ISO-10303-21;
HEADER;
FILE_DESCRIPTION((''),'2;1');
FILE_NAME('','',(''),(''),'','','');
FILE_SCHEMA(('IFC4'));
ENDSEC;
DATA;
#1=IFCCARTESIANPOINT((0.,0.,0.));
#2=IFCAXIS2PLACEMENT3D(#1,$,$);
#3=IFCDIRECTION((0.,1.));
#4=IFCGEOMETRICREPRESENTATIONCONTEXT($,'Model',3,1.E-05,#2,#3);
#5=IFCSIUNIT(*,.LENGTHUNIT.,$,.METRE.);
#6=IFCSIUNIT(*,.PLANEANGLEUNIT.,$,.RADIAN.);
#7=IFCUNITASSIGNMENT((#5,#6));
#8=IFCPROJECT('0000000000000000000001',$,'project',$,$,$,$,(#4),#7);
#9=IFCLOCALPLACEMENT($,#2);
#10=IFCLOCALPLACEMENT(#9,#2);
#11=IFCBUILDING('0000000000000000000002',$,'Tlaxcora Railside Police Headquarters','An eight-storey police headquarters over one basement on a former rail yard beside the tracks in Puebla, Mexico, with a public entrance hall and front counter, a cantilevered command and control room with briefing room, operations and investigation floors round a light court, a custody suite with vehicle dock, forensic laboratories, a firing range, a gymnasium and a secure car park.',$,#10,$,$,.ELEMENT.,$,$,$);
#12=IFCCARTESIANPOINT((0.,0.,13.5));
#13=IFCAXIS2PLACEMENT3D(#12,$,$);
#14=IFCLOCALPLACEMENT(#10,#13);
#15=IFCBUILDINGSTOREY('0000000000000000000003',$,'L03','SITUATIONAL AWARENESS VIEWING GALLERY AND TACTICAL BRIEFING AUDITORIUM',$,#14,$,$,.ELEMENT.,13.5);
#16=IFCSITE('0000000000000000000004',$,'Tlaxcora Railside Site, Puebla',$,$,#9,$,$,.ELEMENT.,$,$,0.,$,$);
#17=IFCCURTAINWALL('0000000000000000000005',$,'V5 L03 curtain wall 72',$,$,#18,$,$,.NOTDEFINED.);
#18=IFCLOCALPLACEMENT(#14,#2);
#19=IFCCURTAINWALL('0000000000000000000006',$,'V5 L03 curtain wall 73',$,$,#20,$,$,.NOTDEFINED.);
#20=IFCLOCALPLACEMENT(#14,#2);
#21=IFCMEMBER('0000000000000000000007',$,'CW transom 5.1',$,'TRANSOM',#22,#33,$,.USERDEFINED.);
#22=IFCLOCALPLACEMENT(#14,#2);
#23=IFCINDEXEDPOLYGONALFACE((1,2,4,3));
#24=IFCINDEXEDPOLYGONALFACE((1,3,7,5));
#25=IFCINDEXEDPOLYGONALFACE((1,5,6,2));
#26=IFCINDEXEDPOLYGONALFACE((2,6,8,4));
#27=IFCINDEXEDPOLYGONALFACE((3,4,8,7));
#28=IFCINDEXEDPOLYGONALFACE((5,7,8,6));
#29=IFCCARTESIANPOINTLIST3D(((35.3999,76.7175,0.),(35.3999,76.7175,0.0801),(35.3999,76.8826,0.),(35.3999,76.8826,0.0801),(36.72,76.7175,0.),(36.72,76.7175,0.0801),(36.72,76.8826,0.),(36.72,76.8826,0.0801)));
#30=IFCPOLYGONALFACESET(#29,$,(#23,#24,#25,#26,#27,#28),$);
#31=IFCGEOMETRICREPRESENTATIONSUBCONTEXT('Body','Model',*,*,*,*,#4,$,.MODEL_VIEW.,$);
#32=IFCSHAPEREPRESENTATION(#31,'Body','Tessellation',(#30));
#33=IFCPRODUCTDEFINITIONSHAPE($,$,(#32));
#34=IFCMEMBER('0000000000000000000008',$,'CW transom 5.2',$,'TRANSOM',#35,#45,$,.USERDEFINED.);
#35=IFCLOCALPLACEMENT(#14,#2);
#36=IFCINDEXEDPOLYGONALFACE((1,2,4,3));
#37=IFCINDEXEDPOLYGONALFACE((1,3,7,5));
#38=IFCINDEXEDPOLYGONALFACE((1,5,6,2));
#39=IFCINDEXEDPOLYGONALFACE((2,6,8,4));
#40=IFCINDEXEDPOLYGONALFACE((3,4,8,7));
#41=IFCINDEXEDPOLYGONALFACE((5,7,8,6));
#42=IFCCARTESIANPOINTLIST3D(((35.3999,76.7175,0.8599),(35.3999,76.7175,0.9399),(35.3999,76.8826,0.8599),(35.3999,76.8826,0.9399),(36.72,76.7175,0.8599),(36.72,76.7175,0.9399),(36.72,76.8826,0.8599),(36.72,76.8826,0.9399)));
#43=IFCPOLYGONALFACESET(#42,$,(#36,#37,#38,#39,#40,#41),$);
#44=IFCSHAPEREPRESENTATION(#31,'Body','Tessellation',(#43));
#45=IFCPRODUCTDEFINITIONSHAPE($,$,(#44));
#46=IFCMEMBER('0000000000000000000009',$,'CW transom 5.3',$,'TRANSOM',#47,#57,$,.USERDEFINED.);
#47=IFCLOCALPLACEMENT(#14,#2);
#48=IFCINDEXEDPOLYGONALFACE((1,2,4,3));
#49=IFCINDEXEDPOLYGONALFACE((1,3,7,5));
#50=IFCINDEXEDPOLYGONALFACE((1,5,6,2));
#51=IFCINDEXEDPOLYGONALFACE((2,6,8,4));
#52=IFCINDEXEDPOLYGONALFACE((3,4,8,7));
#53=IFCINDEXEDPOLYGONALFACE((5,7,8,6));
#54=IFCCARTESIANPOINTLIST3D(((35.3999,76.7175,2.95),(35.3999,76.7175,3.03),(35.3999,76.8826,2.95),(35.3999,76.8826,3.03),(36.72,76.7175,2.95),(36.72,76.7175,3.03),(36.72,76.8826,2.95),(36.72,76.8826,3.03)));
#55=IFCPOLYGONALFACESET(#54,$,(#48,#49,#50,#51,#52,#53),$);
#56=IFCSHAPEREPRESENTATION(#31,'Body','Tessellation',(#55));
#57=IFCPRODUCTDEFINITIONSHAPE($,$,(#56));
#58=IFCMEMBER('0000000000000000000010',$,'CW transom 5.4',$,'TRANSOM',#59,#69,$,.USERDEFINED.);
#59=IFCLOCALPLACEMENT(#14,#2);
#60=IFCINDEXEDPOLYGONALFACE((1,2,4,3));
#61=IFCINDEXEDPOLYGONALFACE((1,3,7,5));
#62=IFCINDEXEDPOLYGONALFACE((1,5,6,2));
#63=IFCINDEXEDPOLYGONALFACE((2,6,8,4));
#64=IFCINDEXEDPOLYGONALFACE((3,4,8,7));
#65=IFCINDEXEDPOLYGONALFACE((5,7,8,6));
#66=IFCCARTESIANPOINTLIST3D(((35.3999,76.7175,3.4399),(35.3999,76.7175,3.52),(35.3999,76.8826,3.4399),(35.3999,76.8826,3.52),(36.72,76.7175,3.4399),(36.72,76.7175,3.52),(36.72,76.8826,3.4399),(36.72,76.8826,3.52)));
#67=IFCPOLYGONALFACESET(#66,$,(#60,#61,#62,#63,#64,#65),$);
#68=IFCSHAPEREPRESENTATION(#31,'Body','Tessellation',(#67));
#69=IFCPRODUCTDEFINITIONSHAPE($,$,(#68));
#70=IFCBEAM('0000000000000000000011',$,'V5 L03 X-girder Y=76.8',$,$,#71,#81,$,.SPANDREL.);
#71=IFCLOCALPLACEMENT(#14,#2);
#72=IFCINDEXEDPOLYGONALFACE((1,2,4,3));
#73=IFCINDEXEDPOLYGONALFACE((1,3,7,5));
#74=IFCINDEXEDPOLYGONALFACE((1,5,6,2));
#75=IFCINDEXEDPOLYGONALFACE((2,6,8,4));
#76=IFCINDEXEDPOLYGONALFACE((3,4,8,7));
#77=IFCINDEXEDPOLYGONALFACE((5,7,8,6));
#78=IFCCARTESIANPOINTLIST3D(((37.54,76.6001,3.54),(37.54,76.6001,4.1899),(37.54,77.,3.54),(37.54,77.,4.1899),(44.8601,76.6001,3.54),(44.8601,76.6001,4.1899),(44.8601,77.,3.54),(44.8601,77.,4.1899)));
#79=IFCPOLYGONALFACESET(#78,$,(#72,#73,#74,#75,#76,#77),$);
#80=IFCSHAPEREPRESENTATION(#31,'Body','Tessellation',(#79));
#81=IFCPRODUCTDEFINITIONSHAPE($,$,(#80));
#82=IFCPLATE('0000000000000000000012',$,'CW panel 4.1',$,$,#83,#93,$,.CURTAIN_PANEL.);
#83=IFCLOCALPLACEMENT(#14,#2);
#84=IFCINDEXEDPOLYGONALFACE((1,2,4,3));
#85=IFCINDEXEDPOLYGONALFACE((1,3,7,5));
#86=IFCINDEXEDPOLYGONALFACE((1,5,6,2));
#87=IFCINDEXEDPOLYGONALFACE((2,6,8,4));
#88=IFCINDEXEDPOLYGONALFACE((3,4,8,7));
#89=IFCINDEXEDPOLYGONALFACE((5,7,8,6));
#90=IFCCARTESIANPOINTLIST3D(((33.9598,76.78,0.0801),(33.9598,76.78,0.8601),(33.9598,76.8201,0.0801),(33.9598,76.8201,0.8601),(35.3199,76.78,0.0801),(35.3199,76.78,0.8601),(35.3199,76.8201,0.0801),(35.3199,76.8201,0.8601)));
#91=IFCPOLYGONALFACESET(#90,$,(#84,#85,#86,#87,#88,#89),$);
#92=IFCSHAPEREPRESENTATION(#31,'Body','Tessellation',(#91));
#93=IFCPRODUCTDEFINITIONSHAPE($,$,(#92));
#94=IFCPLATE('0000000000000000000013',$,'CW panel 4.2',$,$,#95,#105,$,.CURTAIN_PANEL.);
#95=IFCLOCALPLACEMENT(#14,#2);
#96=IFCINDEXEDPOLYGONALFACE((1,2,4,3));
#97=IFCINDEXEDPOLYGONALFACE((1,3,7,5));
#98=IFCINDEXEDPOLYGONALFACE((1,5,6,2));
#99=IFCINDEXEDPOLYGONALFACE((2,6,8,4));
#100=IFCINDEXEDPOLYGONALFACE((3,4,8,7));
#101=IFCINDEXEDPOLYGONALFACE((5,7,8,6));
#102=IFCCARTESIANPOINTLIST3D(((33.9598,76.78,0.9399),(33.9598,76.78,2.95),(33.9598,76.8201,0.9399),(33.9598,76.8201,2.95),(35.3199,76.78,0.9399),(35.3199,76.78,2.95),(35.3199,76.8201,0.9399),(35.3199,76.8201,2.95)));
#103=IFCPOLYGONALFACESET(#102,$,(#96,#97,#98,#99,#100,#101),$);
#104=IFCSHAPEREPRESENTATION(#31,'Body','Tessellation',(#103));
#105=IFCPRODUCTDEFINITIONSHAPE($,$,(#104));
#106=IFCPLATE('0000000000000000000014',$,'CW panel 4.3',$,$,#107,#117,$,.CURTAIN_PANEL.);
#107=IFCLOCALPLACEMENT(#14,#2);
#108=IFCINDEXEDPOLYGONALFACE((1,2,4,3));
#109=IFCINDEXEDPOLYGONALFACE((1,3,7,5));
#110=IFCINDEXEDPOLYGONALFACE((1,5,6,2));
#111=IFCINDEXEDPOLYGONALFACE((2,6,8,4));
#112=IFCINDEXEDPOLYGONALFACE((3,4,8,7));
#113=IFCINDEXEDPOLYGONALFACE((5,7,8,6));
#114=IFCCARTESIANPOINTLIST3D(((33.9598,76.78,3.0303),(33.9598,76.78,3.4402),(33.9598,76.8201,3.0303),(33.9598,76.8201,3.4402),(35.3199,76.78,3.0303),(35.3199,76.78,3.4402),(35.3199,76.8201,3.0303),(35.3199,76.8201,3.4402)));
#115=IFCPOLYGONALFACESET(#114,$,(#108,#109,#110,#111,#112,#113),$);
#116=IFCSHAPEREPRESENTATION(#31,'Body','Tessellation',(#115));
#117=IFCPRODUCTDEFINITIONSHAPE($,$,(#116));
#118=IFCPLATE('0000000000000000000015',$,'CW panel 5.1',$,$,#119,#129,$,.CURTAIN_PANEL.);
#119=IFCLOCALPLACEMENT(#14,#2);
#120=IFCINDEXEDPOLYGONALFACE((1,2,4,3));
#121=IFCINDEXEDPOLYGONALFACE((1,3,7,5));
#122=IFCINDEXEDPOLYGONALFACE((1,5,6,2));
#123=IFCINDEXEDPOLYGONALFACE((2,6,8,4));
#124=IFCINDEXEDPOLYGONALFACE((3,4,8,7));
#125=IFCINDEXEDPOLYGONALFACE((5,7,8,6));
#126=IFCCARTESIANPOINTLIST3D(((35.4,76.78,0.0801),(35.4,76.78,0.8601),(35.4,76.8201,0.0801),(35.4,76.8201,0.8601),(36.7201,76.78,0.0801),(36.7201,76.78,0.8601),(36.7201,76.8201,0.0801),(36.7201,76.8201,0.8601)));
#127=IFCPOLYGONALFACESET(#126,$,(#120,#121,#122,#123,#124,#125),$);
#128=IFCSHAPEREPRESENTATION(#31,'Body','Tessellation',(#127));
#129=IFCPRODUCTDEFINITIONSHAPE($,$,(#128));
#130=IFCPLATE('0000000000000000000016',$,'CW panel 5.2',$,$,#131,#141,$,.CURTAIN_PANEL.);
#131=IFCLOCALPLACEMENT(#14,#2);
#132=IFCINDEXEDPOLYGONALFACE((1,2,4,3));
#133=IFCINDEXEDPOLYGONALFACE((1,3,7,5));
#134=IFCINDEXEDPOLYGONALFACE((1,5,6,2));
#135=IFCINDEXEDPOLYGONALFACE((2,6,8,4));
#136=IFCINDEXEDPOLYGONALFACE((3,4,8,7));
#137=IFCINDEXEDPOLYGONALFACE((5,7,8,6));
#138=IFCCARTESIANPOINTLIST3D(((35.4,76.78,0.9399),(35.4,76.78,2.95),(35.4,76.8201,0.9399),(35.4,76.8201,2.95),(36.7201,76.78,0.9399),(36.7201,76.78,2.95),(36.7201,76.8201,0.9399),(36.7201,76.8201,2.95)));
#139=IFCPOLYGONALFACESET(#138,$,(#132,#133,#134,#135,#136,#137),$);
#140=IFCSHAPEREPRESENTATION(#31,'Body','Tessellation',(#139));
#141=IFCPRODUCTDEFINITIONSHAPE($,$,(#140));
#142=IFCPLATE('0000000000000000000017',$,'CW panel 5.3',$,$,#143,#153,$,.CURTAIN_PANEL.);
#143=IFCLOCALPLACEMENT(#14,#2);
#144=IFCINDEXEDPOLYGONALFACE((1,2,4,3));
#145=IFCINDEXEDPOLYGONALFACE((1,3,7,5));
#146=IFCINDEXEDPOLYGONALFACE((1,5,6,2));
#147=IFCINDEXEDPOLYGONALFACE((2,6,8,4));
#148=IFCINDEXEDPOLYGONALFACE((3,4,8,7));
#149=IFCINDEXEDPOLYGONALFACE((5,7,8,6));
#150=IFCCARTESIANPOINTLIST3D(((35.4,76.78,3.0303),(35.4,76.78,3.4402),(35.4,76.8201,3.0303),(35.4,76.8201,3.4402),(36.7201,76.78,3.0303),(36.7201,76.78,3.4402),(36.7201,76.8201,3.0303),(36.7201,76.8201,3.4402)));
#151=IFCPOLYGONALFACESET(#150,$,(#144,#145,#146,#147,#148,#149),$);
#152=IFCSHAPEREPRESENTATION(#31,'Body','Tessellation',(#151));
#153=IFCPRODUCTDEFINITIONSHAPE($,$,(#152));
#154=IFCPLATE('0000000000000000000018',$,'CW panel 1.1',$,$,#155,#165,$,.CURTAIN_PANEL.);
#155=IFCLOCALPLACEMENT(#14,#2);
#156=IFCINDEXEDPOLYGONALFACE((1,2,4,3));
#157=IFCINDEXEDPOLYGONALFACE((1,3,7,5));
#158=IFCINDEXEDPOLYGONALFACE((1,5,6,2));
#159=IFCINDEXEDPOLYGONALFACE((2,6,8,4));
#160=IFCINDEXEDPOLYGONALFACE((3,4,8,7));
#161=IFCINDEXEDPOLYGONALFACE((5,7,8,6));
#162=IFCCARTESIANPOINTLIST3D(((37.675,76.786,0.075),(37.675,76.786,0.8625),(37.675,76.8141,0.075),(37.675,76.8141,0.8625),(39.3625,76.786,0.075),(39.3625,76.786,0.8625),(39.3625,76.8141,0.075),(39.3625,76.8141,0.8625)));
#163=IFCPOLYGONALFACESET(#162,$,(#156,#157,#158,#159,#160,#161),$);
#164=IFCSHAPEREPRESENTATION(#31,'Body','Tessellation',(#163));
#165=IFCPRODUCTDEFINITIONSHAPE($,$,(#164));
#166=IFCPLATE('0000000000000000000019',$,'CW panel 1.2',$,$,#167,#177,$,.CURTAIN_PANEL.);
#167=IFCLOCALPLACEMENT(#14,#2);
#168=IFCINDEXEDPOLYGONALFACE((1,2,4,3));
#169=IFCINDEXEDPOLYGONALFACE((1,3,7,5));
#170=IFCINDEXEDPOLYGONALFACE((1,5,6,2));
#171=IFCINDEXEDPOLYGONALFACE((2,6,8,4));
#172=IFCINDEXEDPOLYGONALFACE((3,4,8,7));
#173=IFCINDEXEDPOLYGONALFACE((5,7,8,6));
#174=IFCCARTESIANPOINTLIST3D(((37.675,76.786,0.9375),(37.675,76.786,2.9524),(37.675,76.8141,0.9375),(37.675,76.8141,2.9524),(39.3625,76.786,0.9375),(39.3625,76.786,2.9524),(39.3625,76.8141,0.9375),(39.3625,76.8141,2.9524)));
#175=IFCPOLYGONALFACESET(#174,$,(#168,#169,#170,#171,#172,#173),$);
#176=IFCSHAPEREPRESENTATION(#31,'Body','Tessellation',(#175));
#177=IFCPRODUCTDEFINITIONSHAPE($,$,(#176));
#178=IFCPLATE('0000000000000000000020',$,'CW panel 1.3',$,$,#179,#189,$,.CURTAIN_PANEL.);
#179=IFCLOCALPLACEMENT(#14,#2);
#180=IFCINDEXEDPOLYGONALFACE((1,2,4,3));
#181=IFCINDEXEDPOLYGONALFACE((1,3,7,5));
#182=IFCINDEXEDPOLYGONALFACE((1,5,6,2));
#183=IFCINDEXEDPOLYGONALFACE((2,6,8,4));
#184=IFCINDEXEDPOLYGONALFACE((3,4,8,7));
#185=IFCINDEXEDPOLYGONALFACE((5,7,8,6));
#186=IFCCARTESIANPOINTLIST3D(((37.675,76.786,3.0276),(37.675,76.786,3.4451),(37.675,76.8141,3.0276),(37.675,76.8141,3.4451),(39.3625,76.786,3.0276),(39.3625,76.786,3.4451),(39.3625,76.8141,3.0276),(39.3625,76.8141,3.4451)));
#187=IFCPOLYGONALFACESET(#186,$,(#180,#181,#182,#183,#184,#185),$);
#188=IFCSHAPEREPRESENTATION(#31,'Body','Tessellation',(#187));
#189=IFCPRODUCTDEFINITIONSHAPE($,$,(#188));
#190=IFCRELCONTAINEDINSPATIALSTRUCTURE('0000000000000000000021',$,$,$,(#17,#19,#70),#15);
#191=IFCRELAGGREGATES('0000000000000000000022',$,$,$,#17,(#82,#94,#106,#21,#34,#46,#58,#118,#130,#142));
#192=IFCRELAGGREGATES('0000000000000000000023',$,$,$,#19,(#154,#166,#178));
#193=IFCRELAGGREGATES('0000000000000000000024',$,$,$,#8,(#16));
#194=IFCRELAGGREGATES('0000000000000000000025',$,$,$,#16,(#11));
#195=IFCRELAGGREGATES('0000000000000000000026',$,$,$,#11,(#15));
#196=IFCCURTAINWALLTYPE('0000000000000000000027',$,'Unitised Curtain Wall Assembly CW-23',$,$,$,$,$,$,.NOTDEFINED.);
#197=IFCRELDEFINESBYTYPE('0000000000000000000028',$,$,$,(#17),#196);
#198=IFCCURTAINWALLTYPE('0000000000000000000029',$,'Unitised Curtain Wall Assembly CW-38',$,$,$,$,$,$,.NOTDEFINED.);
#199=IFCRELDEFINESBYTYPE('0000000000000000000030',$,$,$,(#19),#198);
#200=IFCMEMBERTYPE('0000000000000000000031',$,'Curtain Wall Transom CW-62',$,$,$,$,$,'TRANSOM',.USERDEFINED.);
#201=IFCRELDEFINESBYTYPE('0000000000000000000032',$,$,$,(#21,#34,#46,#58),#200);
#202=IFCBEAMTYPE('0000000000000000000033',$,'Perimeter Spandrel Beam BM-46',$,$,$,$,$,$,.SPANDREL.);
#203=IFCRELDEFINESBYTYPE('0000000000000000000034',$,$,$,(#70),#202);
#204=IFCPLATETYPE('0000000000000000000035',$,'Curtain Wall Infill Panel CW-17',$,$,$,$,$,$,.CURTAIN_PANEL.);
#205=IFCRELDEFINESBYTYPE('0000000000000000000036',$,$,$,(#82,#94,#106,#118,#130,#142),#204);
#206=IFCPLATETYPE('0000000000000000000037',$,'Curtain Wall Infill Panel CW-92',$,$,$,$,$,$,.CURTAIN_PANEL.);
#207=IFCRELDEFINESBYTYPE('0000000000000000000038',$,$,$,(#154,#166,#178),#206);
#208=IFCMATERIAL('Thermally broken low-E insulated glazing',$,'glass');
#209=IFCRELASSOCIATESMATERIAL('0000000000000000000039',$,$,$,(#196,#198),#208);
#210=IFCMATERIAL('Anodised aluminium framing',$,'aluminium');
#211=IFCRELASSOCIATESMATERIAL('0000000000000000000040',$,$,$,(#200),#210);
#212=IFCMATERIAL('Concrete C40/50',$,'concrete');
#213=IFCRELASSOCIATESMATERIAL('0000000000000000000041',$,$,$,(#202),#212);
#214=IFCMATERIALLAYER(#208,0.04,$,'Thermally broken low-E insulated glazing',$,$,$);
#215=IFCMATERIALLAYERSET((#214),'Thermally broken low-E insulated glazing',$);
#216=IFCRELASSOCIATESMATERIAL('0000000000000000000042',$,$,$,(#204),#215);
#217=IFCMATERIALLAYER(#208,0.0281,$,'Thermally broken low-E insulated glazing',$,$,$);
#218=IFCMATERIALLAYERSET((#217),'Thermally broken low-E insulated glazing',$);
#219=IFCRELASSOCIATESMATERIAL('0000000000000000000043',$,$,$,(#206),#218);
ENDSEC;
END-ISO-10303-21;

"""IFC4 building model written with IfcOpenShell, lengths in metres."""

from ifc_helpers import new_model, si_unit, direction, frame, origin, origin_2d, place, context, subcontext, project, spatial, rectangle, extrude, material, layer, layer_set, material_profile, profile_set, type_object, element, aggregate, save


model = new_model("IFC4")

# Units and contexts
model_context = context("Model", 3, precision=1e-05, world=origin(), true_north=direction((0.0, 1.0)))
body_context = subcontext(model_context, "Body", "Model", "MODEL_VIEW")
ifc_project = project(units=[si_unit("LENGTHUNIT", "METRE"), si_unit("PLANEANGLEUNIT", "RADIAN")], contexts=[model_context])

# Site, building, storey
site_placement = place(None, origin())
site = spatial("IfcSite", under=ifc_project, at=site_placement, Name="Tlaxcora Railside Site, Puebla", CompositionType="ELEMENT", RefElevation=0.0)
building_placement = place(site_placement, origin())
building = spatial("IfcBuilding", under=site, at=building_placement, Name="Tlaxcora Railside Police Headquarters", Description="An eight-storey police headquarters over one basement on a former rail yard beside the tracks in Puebla, Mexico, with a public entrance hall and front counter, a cantilevered command and control room with briefing room, operations and investigation floors round a light court, a custody suite with vehicle dock, forensic laboratories, a firing range, a gymnasium and a secure car park.", CompositionType="ELEMENT")
storey_placement = place(building_placement, frame((0.0, 0.0, 13.5)))
storey = spatial("IfcBuildingStorey", under=building, at=storey_placement, Name="L03", Description="SITUATIONAL AWARENESS VIEWING GALLERY AND TACTICAL BRIEFING AUDITORIUM", CompositionType="ELEMENT", Elevation=13.5)

# Shared definitions
ifc_material_1 = material(Name="Concrete C40/50", Category="concrete")

# Curtain walls
ifc_material_2 = material(Name="Thermally broken low-E insulated glazing", Category="glass")
curtain_wall_type_1 = type_object("IfcCurtainWallType", Name="Unitised Curtain Wall Assembly CW-23", PredefinedType="NOTDEFINED", material=ifc_material_2)
curtain_wall_1_placement = place(storey_placement, origin())
curtain_wall_1 = element("IfcCurtainWall", 1, at=curtain_wall_1_placement, inside=storey, type_object=curtain_wall_type_1, Name="V5 L03 curtain wall 72", PredefinedType="NOTDEFINED")
ifc_material_3 = material(Name="Anodised aluminium framing", Category="aluminium")
curtain_wall_type_2 = type_object("IfcCurtainWallType", Name="Unitised Curtain Wall Assembly CW-38", PredefinedType="NOTDEFINED", material=ifc_material_2)
curtain_wall_2_placement = place(storey_placement, origin())
curtain_wall_2 = element("IfcCurtainWall", 2, at=curtain_wall_2_placement, inside=storey, type_object=curtain_wall_type_2, Name="V5 L03 curtain wall 73", PredefinedType="NOTDEFINED")

# Members
ifc_material_profile_1 = material_profile(ifc_material_3, rectangle(XDim=0.165, YDim=0.0801, at=origin_2d()), Name="AL80X165")
ifc_profile_set_1 = profile_set([ifc_material_profile_1], Name="Anodised aluminium framing")
member_type_1 = type_object("IfcMemberType", Name="Curtain Wall Transom CW-62", ElementType="TRANSOM", PredefinedType="USERDEFINED", material=ifc_profile_set_1)
member_1_placement = place(storey_placement, frame((35.3999, 76.8, 0.04), z_axis=(1.0, 0.0, 0.0), x_axis=(0.0, 1.0, 0.0)))
member_1 = element("IfcMember", 3, at=member_1_placement, type_object=member_type_1, Name="CW transom 5.1", ObjectType="TRANSOM", PredefinedType="USERDEFINED", context=body_context, shape_type="SweptSolid", body=[
    extrude(rectangle(XDim=0.165, YDim=0.0801, at=origin_2d()), origin(), (0.0, 0.0, 1.0), 1.3201),
])
member_2_placement = place(storey_placement, frame((35.3999, 76.8, 0.8999), z_axis=(1.0, 0.0, 0.0), x_axis=(0.0, 1.0, 0.0)))
member_2 = element("IfcMember", 4, at=member_2_placement, type_object=member_type_1, Name="CW transom 5.2", ObjectType="TRANSOM", PredefinedType="USERDEFINED", context=body_context, shape_type="SweptSolid", body=[
    extrude(rectangle(XDim=0.165, YDim=0.0801, at=origin_2d()), origin(), (0.0, 0.0, 1.0), 1.3201),
])
member_3_placement = place(storey_placement, frame((35.3999, 76.8, 2.99), z_axis=(1.0, 0.0, 0.0), x_axis=(0.0, 1.0, 0.0)))
member_3 = element("IfcMember", 5, at=member_3_placement, type_object=member_type_1, Name="CW transom 5.3", ObjectType="TRANSOM", PredefinedType="USERDEFINED", context=body_context, shape_type="SweptSolid", body=[
    extrude(rectangle(XDim=0.165, YDim=0.0801, at=origin_2d()), origin(), (0.0, 0.0, 1.0), 1.3201),
])
member_4_placement = place(storey_placement, frame((35.3999, 76.8, 3.48), z_axis=(1.0, 0.0, 0.0), x_axis=(0.0, 1.0, 0.0)))
member_4 = element("IfcMember", 6, at=member_4_placement, type_object=member_type_1, Name="CW transom 5.4", ObjectType="TRANSOM", PredefinedType="USERDEFINED", context=body_context, shape_type="SweptSolid", body=[
    extrude(rectangle(XDim=0.165, YDim=0.0801, at=origin_2d()), origin(), (0.0, 0.0, 1.0), 1.3201),
])

# Beam
ifc_material_profile_2 = material_profile(ifc_material_1, rectangle(XDim=0.3999, YDim=0.6499, at=origin_2d()), Name="RC400X650")
ifc_profile_set_2 = profile_set([ifc_material_profile_2], Name="Concrete C40/50")
beam_type = type_object("IfcBeamType", Name="Perimeter Spandrel Beam BM-46", PredefinedType="SPANDREL", material=ifc_profile_set_2)
beam_placement = place(storey_placement, frame((37.54, 76.8, 3.865), z_axis=(1.0, 0.0, 0.0), x_axis=(0.0, 1.0, 0.0)))
element("IfcBeam", 7, at=beam_placement, inside=storey, type_object=beam_type, Name="V5 L03 X-girder Y=76.8", PredefinedType="SPANDREL", context=body_context, shape_type="SweptSolid", body=[
    extrude(rectangle(XDim=0.3999, YDim=0.6499, at=origin_2d()), origin(), (0.0, 0.0, 1.0), 7.3201),
])

# Plates
ifc_layer_1 = layer(ifc_material_2, 0.04, Name="Thermally broken low-E insulated glazing")
ifc_layer_set_1 = layer_set([ifc_layer_1], Name="Thermally broken low-E insulated glazing")
plate_type_1 = type_object("IfcPlateType", Name="Curtain Wall Infill Panel CW-17", PredefinedType="CURTAIN_PANEL", material=ifc_layer_set_1)
plate_1_placement = place(storey_placement, frame((34.6399, 76.8, 0.0801), z_axis=(0.0, 0.0, 1.0), x_axis=(1.0, 0.0, 0.0)))
plate_1 = element("IfcPlate", 8, at=plate_1_placement, type_object=plate_type_1, Name="CW panel 4.1", PredefinedType="CURTAIN_PANEL", context=body_context, shape_type="SweptSolid", body=[
    extrude(rectangle(XDim=1.3601, YDim=0.04, at=origin_2d()), origin(), (0.0, 0.0, 1.0), 0.78),
])
plate_2_placement = place(storey_placement, frame((34.6399, 76.8, 0.9399), z_axis=(0.0, 0.0, 1.0), x_axis=(1.0, 0.0, 0.0)))
plate_2 = element("IfcPlate", 9, at=plate_2_placement, type_object=plate_type_1, Name="CW panel 4.2", PredefinedType="CURTAIN_PANEL", context=body_context, shape_type="SweptSolid", body=[
    extrude(rectangle(XDim=1.3601, YDim=0.04, at=origin_2d()), origin(), (0.0, 0.0, 1.0), 2.01),
])
plate_3_placement = place(storey_placement, frame((34.6399, 76.8, 3.0303), z_axis=(0.0, 0.0, 1.0), x_axis=(1.0, 0.0, 0.0)))
plate_3 = element("IfcPlate", 10, at=plate_3_placement, type_object=plate_type_1, Name="CW panel 4.3", PredefinedType="CURTAIN_PANEL", context=body_context, shape_type="SweptSolid", body=[
    extrude(rectangle(XDim=1.3601, YDim=0.04, at=origin_2d()), origin(), (0.0, 0.0, 1.0), 0.4099),
])
plate_4_placement = place(storey_placement, frame((36.0601, 76.8, 0.0801), z_axis=(0.0, 0.0, 1.0), x_axis=(1.0, 0.0, 0.0)))
plate_4 = element("IfcPlate", 11, at=plate_4_placement, type_object=plate_type_1, Name="CW panel 5.1", PredefinedType="CURTAIN_PANEL", context=body_context, shape_type="SweptSolid", body=[
    extrude(rectangle(XDim=1.3201, YDim=0.04, at=origin_2d()), origin(), (0.0, 0.0, 1.0), 0.78),
])
plate_5_placement = place(storey_placement, frame((36.0601, 76.8, 0.9399), z_axis=(0.0, 0.0, 1.0), x_axis=(1.0, 0.0, 0.0)))
plate_5 = element("IfcPlate", 12, at=plate_5_placement, type_object=plate_type_1, Name="CW panel 5.2", PredefinedType="CURTAIN_PANEL", context=body_context, shape_type="SweptSolid", body=[
    extrude(rectangle(XDim=1.3201, YDim=0.04, at=origin_2d()), origin(), (0.0, 0.0, 1.0), 2.01),
])
plate_6_placement = place(storey_placement, frame((36.0601, 76.8, 3.0303), z_axis=(0.0, 0.0, 1.0), x_axis=(1.0, 0.0, 0.0)))
plate_6 = element("IfcPlate", 13, at=plate_6_placement, type_object=plate_type_1, Name="CW panel 5.3", PredefinedType="CURTAIN_PANEL", context=body_context, shape_type="SweptSolid", body=[
    extrude(rectangle(XDim=1.3201, YDim=0.04, at=origin_2d()), origin(), (0.0, 0.0, 1.0), 0.4099),
])
aggregate(curtain_wall_1, [plate_1, plate_2, plate_3, member_1, member_2, member_3, member_4, plate_4, plate_5, plate_6])
ifc_layer_2 = layer(ifc_material_2, 0.0281, Name="Thermally broken low-E insulated glazing")
ifc_layer_set_2 = layer_set([ifc_layer_2], Name="Thermally broken low-E insulated glazing")
plate_type_2 = type_object("IfcPlateType", Name="Curtain Wall Infill Panel CW-92", PredefinedType="CURTAIN_PANEL", material=ifc_layer_set_2)
plate_7_placement = place(storey_placement, frame((38.5188, 76.8, 0.075), z_axis=(0.0, 0.0, 1.0), x_axis=(1.0, 0.0, 0.0)))
plate_7 = element("IfcPlate", 14, at=plate_7_placement, type_object=plate_type_2, Name="CW panel 1.1", PredefinedType="CURTAIN_PANEL", context=body_context, shape_type="SweptSolid", body=[
    extrude(rectangle(XDim=1.6875, YDim=0.0281, at=origin_2d()), origin(), (0.0, 0.0, 1.0), 0.7876),
])
plate_8_placement = place(storey_placement, frame((38.5188, 76.8, 0.9375), z_axis=(0.0, 0.0, 1.0), x_axis=(1.0, 0.0, 0.0)))
plate_8 = element("IfcPlate", 15, at=plate_8_placement, type_object=plate_type_2, Name="CW panel 1.2", PredefinedType="CURTAIN_PANEL", context=body_context, shape_type="SweptSolid", body=[
    extrude(rectangle(XDim=1.6875, YDim=0.0281, at=origin_2d()), origin(), (0.0, 0.0, 1.0), 2.0149),
])
plate_9_placement = place(storey_placement, frame((38.5188, 76.8, 3.0276), z_axis=(0.0, 0.0, 1.0), x_axis=(1.0, 0.0, 0.0)))
plate_9 = element("IfcPlate", 16, at=plate_9_placement, type_object=plate_type_2, Name="CW panel 1.3", PredefinedType="CURTAIN_PANEL", context=body_context, shape_type="SweptSolid", body=[
    extrude(rectangle(XDim=1.6875, YDim=0.0281, at=origin_2d()), origin(), (0.0, 0.0, 1.0), 0.4175),
])
aggregate(curtain_wall_2, [plate_7, plate_8, plate_9])

save(model, "model.ifc")
